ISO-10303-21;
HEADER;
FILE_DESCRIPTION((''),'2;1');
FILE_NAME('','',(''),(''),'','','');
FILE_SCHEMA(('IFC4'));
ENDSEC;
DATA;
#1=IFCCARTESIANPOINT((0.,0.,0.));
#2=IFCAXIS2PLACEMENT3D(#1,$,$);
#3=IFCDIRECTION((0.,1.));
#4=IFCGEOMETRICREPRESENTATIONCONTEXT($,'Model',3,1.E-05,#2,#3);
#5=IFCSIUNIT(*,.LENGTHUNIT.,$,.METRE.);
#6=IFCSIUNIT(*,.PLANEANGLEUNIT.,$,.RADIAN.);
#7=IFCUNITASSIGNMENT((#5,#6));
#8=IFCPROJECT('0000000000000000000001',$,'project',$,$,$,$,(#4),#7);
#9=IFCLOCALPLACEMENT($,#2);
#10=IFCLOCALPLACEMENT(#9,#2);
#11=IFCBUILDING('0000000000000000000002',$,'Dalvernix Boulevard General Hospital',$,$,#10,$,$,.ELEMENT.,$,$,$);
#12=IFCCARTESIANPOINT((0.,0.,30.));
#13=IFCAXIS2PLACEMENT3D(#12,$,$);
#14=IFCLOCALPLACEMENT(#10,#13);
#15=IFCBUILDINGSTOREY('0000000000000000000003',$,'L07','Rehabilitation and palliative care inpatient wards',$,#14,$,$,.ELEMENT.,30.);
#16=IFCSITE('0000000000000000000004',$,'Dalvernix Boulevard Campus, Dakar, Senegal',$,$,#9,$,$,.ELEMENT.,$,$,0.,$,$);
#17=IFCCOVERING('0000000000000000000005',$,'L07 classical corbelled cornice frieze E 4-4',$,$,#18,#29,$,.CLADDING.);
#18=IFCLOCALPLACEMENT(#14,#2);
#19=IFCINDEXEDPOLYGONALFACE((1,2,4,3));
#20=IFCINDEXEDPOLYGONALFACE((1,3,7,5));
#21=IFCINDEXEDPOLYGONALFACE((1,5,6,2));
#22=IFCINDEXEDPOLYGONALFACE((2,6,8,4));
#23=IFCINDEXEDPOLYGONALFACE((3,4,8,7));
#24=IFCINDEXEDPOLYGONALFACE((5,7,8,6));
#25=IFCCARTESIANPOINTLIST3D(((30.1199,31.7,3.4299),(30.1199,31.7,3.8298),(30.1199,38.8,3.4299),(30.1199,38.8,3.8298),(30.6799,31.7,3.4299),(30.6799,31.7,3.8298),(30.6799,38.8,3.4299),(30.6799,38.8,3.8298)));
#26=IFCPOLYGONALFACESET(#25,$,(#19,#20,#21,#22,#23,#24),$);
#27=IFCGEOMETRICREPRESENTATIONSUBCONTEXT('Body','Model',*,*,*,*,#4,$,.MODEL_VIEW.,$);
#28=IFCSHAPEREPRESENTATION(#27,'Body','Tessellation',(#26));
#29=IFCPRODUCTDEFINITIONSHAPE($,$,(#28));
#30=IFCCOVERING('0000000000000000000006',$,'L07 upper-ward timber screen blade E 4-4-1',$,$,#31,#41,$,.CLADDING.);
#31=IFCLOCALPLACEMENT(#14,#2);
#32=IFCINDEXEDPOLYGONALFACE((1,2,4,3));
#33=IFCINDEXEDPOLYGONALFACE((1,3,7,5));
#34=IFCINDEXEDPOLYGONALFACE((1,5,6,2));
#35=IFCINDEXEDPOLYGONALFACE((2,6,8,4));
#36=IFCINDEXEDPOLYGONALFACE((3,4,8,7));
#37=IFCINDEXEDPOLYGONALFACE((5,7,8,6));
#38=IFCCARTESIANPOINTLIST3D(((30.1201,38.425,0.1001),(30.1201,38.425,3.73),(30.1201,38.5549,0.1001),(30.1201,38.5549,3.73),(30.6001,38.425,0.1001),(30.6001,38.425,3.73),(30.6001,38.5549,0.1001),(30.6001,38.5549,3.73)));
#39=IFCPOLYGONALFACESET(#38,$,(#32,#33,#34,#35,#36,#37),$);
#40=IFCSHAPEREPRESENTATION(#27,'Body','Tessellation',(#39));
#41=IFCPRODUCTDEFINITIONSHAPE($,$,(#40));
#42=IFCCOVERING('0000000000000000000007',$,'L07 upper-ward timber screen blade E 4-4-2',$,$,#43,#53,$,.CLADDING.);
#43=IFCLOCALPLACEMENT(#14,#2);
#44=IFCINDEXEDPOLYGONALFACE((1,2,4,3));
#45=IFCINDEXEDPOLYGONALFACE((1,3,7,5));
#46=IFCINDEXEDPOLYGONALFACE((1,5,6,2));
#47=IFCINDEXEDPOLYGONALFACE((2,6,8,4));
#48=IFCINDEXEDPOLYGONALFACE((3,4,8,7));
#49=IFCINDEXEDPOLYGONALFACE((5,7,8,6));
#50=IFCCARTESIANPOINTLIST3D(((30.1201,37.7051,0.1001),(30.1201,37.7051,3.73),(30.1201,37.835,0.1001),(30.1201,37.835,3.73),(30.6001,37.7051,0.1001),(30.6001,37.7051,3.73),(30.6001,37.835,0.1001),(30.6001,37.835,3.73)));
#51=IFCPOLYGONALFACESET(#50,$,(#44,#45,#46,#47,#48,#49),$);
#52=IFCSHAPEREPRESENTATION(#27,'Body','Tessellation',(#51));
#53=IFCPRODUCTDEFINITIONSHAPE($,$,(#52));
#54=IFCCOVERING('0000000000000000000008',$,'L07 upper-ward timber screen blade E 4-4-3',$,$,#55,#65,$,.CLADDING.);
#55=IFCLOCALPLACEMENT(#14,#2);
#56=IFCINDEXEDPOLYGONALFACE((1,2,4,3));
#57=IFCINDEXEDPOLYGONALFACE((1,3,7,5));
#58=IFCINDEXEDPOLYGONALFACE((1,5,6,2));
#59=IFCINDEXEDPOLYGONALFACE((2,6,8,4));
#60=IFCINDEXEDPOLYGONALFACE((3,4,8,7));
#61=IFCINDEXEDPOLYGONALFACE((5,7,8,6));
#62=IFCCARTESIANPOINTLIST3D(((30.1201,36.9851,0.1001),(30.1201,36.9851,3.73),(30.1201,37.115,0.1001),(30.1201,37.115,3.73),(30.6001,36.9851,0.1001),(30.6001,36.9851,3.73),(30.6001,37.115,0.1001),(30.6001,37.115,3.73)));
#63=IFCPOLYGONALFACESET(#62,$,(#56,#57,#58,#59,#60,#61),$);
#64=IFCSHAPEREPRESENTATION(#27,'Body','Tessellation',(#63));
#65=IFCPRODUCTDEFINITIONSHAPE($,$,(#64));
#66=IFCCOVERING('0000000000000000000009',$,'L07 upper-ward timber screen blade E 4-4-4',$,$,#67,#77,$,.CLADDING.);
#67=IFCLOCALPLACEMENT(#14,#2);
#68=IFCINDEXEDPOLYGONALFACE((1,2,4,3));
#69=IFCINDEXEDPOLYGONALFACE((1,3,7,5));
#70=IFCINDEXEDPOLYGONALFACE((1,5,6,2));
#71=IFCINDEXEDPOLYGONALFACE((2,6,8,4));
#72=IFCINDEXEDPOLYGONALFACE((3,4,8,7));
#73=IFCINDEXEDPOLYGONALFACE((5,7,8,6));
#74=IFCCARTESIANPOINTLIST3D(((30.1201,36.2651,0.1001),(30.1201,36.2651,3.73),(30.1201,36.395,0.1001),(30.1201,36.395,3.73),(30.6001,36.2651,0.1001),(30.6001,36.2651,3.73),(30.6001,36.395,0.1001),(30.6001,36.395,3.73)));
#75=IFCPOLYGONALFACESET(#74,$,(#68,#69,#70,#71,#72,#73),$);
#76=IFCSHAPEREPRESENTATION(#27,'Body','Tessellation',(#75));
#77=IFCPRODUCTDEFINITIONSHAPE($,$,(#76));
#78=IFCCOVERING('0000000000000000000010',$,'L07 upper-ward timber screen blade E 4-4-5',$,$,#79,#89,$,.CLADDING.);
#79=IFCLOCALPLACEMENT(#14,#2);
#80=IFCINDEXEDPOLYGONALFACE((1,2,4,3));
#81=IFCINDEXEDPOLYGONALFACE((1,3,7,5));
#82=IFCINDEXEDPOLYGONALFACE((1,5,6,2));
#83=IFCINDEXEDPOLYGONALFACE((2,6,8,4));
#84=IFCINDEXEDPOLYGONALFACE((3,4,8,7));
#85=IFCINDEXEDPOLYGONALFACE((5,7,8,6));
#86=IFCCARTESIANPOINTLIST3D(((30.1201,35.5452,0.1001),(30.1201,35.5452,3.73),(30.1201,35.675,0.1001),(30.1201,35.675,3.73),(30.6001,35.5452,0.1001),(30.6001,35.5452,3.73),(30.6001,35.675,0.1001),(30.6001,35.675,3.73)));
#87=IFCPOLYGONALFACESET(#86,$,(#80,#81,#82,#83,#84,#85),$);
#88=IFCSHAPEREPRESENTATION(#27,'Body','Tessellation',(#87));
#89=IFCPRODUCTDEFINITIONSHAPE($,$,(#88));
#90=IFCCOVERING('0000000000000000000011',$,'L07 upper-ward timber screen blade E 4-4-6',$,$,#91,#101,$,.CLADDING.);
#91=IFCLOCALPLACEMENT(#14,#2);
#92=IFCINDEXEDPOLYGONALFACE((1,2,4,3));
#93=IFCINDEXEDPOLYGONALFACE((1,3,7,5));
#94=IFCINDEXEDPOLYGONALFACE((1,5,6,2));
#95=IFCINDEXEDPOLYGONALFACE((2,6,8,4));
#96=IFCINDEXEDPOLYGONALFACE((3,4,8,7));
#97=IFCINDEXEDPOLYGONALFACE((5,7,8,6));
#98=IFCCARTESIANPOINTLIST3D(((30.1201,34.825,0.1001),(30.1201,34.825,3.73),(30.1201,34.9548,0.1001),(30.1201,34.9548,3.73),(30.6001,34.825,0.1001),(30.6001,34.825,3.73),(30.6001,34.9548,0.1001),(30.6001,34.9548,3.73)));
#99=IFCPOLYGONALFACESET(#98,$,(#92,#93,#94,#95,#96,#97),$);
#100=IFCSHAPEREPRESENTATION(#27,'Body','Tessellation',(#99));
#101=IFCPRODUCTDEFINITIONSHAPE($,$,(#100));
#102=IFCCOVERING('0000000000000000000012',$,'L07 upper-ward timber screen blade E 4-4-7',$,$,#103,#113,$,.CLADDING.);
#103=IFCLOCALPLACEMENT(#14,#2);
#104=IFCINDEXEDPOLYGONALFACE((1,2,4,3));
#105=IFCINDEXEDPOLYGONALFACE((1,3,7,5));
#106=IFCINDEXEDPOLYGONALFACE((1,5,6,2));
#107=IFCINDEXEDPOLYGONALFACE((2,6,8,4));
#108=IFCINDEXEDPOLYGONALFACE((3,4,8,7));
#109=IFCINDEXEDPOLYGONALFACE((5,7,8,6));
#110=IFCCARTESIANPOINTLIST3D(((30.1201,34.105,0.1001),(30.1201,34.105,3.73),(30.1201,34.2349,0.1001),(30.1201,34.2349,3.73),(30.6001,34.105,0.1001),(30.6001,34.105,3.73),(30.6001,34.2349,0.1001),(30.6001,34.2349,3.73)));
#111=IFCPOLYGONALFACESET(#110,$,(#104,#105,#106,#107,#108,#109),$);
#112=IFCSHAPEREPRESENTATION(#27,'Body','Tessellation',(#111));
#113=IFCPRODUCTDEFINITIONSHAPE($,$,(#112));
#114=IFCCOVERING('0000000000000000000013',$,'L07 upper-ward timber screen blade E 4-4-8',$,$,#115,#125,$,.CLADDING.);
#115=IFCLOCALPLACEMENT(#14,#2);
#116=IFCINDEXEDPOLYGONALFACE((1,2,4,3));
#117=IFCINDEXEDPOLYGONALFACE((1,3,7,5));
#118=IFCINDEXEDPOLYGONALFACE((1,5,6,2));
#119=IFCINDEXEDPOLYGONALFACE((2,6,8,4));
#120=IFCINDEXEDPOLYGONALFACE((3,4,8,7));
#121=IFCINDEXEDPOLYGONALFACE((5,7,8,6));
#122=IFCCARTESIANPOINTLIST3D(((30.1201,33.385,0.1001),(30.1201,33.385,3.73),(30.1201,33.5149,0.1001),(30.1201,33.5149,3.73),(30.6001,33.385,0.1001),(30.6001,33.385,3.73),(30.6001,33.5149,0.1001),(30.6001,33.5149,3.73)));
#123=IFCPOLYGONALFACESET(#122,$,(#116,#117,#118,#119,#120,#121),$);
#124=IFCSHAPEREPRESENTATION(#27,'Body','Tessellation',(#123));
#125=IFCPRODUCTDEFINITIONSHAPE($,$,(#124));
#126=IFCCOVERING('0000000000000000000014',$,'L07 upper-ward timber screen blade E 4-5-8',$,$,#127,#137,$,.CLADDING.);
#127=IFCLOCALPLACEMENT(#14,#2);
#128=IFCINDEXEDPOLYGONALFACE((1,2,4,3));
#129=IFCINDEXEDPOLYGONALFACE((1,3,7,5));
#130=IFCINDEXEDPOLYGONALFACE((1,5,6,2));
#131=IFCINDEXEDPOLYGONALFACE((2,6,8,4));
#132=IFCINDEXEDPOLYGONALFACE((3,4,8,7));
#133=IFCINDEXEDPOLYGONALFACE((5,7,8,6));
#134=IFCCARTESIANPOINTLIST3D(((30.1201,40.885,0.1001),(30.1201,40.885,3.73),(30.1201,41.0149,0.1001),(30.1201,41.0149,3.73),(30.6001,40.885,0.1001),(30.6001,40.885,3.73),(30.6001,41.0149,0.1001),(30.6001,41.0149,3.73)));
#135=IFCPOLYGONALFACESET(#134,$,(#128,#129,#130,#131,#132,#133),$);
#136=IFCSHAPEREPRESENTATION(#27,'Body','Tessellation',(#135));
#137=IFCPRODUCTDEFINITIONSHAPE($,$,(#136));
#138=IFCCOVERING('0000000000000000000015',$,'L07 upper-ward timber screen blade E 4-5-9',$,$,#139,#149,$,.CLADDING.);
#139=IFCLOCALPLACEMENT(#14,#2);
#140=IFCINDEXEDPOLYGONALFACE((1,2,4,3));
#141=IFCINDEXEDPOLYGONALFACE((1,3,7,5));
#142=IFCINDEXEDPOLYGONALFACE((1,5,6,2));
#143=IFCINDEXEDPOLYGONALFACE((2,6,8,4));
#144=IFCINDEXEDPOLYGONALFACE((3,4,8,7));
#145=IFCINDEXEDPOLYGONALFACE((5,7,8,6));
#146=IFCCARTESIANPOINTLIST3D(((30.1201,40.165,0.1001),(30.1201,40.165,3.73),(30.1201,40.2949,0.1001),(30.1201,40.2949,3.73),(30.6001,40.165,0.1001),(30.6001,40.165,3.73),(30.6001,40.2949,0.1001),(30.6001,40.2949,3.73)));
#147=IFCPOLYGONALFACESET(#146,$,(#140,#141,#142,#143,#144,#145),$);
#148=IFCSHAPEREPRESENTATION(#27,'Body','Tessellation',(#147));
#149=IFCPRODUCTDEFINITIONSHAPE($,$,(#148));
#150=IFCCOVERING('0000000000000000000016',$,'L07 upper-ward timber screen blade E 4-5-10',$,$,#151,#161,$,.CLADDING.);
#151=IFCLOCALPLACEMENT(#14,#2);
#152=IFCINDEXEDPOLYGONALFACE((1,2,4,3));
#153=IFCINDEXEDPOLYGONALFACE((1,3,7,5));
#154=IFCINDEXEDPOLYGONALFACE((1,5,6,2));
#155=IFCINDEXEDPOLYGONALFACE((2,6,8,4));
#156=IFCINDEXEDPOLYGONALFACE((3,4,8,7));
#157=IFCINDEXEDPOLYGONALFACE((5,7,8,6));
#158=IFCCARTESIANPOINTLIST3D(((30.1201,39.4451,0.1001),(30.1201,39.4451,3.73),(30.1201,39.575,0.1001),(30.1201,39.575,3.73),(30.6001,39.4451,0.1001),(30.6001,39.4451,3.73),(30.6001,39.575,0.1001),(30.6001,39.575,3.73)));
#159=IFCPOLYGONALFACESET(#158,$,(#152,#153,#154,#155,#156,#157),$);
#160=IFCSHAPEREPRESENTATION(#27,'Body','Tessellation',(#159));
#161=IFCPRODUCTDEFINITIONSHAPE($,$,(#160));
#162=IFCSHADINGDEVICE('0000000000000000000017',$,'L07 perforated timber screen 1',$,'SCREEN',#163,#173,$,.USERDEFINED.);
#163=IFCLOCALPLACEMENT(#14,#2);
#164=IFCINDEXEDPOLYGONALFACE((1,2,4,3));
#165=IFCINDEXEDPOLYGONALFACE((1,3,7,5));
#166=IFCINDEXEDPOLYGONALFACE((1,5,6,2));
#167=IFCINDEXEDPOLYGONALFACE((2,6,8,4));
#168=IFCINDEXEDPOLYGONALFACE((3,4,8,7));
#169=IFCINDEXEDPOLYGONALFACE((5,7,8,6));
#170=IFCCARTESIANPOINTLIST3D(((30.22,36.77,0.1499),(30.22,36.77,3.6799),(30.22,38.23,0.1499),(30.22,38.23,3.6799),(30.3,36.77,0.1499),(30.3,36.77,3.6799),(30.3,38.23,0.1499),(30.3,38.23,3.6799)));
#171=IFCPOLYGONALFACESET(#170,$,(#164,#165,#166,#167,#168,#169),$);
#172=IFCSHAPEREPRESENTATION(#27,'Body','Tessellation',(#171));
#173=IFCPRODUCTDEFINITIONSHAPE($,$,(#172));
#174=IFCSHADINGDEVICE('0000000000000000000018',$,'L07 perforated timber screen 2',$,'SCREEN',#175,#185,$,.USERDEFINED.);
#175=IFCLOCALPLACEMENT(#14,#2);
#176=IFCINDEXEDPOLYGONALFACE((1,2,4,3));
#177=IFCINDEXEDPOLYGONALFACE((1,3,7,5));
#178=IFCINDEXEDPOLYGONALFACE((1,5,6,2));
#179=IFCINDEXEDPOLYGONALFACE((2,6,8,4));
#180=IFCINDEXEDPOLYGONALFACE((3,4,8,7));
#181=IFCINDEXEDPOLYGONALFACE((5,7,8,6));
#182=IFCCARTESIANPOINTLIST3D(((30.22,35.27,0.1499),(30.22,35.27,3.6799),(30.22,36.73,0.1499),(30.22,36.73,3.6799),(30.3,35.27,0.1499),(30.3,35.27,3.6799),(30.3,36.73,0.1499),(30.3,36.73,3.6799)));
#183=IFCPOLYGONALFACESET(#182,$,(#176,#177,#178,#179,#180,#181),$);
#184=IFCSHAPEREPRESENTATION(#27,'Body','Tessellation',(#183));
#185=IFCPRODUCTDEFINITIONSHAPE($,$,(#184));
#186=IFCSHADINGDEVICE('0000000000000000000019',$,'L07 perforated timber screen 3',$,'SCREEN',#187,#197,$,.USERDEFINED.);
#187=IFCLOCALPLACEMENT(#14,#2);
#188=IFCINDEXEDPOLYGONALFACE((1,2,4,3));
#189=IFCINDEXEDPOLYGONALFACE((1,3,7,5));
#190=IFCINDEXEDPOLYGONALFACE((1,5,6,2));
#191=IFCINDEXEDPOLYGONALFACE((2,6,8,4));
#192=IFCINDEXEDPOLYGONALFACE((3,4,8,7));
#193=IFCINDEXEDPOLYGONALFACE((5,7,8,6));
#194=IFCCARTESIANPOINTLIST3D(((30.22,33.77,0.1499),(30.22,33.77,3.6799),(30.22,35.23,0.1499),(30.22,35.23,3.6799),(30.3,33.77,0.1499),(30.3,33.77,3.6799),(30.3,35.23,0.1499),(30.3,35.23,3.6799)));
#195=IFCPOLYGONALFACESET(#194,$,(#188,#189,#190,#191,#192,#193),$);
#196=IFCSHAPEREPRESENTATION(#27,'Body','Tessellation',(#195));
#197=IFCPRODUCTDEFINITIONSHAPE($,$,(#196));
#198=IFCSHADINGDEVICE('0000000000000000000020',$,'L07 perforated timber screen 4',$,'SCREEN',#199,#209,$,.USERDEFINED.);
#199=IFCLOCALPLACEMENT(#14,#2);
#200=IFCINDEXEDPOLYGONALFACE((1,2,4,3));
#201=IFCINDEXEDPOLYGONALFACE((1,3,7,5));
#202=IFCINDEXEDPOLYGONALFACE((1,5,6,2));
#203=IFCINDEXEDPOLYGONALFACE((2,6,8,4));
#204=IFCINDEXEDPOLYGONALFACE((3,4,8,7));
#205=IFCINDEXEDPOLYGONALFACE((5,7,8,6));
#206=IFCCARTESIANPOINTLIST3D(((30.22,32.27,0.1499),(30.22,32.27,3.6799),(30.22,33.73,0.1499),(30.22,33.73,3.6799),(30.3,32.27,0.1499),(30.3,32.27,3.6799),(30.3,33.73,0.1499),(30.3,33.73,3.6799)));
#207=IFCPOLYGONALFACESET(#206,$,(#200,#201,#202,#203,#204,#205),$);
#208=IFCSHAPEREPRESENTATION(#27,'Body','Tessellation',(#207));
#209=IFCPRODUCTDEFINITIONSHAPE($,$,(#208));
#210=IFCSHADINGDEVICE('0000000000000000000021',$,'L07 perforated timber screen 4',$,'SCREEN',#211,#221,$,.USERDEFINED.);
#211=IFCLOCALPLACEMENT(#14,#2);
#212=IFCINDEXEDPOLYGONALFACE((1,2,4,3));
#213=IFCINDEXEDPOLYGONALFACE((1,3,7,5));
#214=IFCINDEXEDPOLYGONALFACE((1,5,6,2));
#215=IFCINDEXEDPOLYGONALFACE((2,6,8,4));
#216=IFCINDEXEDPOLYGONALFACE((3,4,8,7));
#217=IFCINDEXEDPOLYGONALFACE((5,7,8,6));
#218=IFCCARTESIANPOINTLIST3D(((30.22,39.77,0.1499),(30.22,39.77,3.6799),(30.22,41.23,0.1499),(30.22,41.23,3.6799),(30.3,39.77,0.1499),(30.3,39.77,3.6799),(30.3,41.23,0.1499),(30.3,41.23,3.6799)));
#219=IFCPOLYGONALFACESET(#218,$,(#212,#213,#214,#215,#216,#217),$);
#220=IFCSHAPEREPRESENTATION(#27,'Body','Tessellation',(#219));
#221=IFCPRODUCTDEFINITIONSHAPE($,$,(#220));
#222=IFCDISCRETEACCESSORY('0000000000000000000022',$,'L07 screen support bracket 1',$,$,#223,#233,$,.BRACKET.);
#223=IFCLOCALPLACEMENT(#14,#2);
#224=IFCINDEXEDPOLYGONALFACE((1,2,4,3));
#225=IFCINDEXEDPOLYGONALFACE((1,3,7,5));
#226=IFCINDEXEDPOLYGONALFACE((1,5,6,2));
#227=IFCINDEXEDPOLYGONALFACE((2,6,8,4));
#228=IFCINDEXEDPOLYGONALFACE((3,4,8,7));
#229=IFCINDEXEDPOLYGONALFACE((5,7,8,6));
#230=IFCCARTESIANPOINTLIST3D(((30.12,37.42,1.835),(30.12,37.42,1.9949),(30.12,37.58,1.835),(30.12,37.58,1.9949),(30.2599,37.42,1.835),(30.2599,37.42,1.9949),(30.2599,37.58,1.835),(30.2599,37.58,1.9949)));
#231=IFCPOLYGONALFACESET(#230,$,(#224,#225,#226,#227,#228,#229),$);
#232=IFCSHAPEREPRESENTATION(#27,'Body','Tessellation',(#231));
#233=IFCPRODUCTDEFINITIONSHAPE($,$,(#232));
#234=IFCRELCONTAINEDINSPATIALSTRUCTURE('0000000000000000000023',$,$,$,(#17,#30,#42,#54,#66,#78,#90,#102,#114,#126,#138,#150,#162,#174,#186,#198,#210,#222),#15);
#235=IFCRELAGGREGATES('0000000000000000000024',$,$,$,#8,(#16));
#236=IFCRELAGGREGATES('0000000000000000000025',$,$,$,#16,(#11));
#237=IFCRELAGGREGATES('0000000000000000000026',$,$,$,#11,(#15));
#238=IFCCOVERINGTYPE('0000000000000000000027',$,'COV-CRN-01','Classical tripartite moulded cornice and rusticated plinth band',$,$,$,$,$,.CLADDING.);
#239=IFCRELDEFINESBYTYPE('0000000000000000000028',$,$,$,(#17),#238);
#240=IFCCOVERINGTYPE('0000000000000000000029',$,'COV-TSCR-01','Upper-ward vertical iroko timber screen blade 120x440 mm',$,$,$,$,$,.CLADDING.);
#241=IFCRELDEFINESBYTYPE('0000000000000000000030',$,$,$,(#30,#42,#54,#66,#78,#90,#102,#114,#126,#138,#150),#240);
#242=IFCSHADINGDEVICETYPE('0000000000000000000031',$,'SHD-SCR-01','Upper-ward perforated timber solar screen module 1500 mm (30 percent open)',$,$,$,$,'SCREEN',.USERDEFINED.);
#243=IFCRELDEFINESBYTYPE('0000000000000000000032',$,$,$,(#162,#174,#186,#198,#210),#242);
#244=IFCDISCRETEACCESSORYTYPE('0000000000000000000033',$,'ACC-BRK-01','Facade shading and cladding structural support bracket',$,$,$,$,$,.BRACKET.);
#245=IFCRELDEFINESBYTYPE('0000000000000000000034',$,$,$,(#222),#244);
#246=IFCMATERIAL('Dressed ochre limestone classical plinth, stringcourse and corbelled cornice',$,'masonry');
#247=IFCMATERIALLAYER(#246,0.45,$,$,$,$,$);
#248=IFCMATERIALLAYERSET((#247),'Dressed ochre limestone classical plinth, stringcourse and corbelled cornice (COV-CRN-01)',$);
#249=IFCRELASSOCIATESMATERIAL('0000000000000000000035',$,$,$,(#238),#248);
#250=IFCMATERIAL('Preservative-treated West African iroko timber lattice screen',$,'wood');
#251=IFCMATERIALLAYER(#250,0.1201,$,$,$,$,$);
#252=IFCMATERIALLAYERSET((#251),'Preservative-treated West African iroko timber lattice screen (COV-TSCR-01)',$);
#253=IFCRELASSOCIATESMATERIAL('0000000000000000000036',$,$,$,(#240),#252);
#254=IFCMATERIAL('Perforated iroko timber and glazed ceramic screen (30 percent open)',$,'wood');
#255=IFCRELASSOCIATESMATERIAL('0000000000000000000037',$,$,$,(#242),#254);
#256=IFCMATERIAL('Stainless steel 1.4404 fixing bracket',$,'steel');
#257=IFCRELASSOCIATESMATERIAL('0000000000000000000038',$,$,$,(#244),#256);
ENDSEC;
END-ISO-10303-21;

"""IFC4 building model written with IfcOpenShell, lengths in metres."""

from ifc_helpers import new_model, si_unit, direction, frame, origin, origin_2d, place, context, subcontext, project, spatial, rectangle, extrude, material, layer, layer_set, type_object, element, save


model = new_model("IFC4")

# Units and contexts
model_context = context("Model", 3, precision=1e-05, world=origin(), true_north=direction((0.0, 1.0)))
body_context = subcontext(model_context, "Body", "Model", "MODEL_VIEW")
ifc_project = project(units=[si_unit("LENGTHUNIT", "METRE"), si_unit("PLANEANGLEUNIT", "RADIAN")], contexts=[model_context])

# Site, building, storey
site_placement = place(None, origin())
site = spatial("IfcSite", under=ifc_project, at=site_placement, Name="Dalvernix Boulevard Campus, Dakar, Senegal", CompositionType="ELEMENT", RefElevation=0.0)
building_placement = place(site_placement, origin())
building = spatial("IfcBuilding", under=site, at=building_placement, Name="Dalvernix Boulevard General Hospital", CompositionType="ELEMENT")
storey_placement = place(building_placement, frame((0.0, 0.0, 30.0)))
storey = spatial("IfcBuildingStorey", under=building, at=storey_placement, Name="L07", Description="Rehabilitation and palliative care inpatient wards", CompositionType="ELEMENT", Elevation=30.0)

# Coverings
ifc_material_1 = material(Name="Dressed ochre limestone classical plinth, stringcourse and corbelled cornice", Category="masonry")
ifc_layer_1 = layer(ifc_material_1, 0.45)
ifc_layer_set_1 = layer_set([ifc_layer_1], Name="Dressed ochre limestone classical plinth, stringcourse and corbelled cornice (COV-CRN-01)")
covering_type_1 = type_object("IfcCoveringType", Name="COV-CRN-01", Description="Classical tripartite moulded cornice and rusticated plinth band", PredefinedType="CLADDING", material=ifc_layer_set_1)
covering_placement = place(storey_placement, frame((30.3999, 35.25, 3.4299), z_axis=(0.0, 0.0, 1.0), x_axis=(0.0, -1.0, 0.0)))
element("IfcCovering", 1, at=covering_placement, inside=storey, type_object=covering_type_1, Name="L07 classical corbelled cornice frieze E 4-4", PredefinedType="CLADDING", context=body_context, shape_type="SweptSolid", body=[
    extrude(rectangle(XDim=7.1001, YDim=0.5601, at=origin_2d()), origin(), (0.0, 0.0, 1.0), 0.3999),
])
ifc_material_2 = material(Name="Preservative-treated West African iroko timber lattice screen", Category="wood")
ifc_layer_2 = layer(ifc_material_2, 0.1201)
ifc_layer_set_2 = layer_set([ifc_layer_2], Name="Preservative-treated West African iroko timber lattice screen (COV-TSCR-01)")
covering_type_2 = type_object("IfcCoveringType", Name="COV-TSCR-01", Description="Upper-ward vertical iroko timber screen blade 120x440 mm", PredefinedType="CLADDING", material=ifc_layer_set_2)
for number, where, z_axis, x_axis, name in (
    (2, (30.3601, 38.49, 0.1001), (0.0, 0.0, 1.0), (0.0, -1.0, 0.0), "L07 upper-ward timber screen blade E 4-4-1"),
    (3, (30.3601, 37.77, 0.1001), (0.0, 0.0, 1.0), (0.0, -1.0, 0.0), "L07 upper-ward timber screen blade E 4-4-2"),
    (4, (30.3601, 37.05, 0.1001), (0.0, 0.0, 1.0), (0.0, -1.0, 0.0), "L07 upper-ward timber screen blade E 4-4-3"),
    (5, (30.3601, 36.3301, 0.1001), (0.0, 0.0, 1.0), (0.0, -1.0, 0.0), "L07 upper-ward timber screen blade E 4-4-4"),
    (6, (30.3601, 35.6101, 0.1001), (0.0, 0.0, 1.0), (0.0, -1.0, 0.0), "L07 upper-ward timber screen blade E 4-4-5"),
    (7, (30.3601, 34.8899, 0.1001), (0.0, 0.0, 1.0), (0.0, -1.0, 0.0), "L07 upper-ward timber screen blade E 4-4-6"),
    (8, (30.3601, 34.1699, 0.1001), (0.0, 0.0, 1.0), (0.0, -1.0, 0.0), "L07 upper-ward timber screen blade E 4-4-7"),
    (9, (30.3601, 33.45, 0.1001), (0.0, 0.0, 1.0), (0.0, -1.0, 0.0), "L07 upper-ward timber screen blade E 4-4-8"),
    (10, (30.3601, 40.95, 0.1001), (0.0, 0.0, 1.0), (0.0, -1.0, 0.0), "L07 upper-ward timber screen blade E 4-5-8"),
    (11, (30.3601, 40.23, 0.1001), (0.0, 0.0, 1.0), (0.0, -1.0, 0.0), "L07 upper-ward timber screen blade E 4-5-9"),
    (12, (30.3601, 39.51, 0.1001), (0.0, 0.0, 1.0), (0.0, -1.0, 0.0), "L07 upper-ward timber screen blade E 4-5-10"),
):
    element("IfcCovering", number, at=place(storey_placement, frame(where, z_axis=z_axis, x_axis=x_axis)), inside=storey, type_object=covering_type_2, Name=name, PredefinedType="CLADDING", context=body_context, shape_type="SweptSolid", body=[
        extrude(rectangle(XDim=0.1299, YDim=0.48, at=origin_2d()), origin(), (0.0, 0.0, 1.0), 3.6299),
    ])

# Shading devices
ifc_material_3 = material(Name="Perforated iroko timber and glazed ceramic screen (30 percent open)", Category="wood")
shading_device_type = type_object("IfcShadingDeviceType", Name="SHD-SCR-01", Description="Upper-ward perforated timber solar screen module 1500 mm (30 percent open)", ElementType="SCREEN", PredefinedType="USERDEFINED", material=ifc_material_3)
for number, where, z_axis, x_axis, name in (
    (13, (30.26, 37.5, 0.1499), (0.0, 0.0, 1.0), (0.0, -1.0, 0.0), "L07 perforated timber screen 1"),
    (14, (30.26, 36.0, 0.1499), (0.0, 0.0, 1.0), (0.0, -1.0, 0.0), "L07 perforated timber screen 2"),
    (15, (30.26, 34.5, 0.1499), (0.0, 0.0, 1.0), (0.0, -1.0, 0.0), "L07 perforated timber screen 3"),
    (16, (30.26, 33.0, 0.1499), (0.0, 0.0, 1.0), (0.0, -1.0, 0.0), "L07 perforated timber screen 4"),
    (17, (30.26, 40.5, 0.1499), (0.0, 0.0, 1.0), (0.0, -1.0, 0.0), "L07 perforated timber screen 4"),
):
    element("IfcShadingDevice", number, at=place(storey_placement, frame(where, z_axis=z_axis, x_axis=x_axis)), inside=storey, type_object=shading_device_type, Name=name, ObjectType="SCREEN", PredefinedType="USERDEFINED", context=body_context, shape_type="SweptSolid", body=[
        extrude(rectangle(XDim=1.46, YDim=0.0801, at=origin_2d()), origin(), (0.0, 0.0, 1.0), 3.53),
    ])

# Discrete accessory
ifc_material_4 = material(Name="Stainless steel 1.4404 fixing bracket", Category="steel")
discrete_accessory_type = type_object("IfcDiscreteAccessoryType", Name="ACC-BRK-01", Description="Facade shading and cladding structural support bracket", PredefinedType="BRACKET", material=ifc_material_4)
for number, where, z_axis, x_axis, name in (
    (18, (30.1899, 37.5, 1.835), (0.0, 0.0, 1.0), (0.0, -1.0, 0.0), "L07 screen support bracket 1"),
):
    element("IfcDiscreteAccessory", number, at=place(storey_placement, frame(where, z_axis=z_axis, x_axis=x_axis)), inside=storey, type_object=discrete_accessory_type, Name=name, PredefinedType="BRACKET", context=body_context, shape_type="SweptSolid", body=[
        extrude(rectangle(XDim=0.1599, YDim=0.1399, at=origin_2d()), origin(), (0.0, 0.0, 1.0), 0.1599),
    ])

save(model, "model.ifc")
